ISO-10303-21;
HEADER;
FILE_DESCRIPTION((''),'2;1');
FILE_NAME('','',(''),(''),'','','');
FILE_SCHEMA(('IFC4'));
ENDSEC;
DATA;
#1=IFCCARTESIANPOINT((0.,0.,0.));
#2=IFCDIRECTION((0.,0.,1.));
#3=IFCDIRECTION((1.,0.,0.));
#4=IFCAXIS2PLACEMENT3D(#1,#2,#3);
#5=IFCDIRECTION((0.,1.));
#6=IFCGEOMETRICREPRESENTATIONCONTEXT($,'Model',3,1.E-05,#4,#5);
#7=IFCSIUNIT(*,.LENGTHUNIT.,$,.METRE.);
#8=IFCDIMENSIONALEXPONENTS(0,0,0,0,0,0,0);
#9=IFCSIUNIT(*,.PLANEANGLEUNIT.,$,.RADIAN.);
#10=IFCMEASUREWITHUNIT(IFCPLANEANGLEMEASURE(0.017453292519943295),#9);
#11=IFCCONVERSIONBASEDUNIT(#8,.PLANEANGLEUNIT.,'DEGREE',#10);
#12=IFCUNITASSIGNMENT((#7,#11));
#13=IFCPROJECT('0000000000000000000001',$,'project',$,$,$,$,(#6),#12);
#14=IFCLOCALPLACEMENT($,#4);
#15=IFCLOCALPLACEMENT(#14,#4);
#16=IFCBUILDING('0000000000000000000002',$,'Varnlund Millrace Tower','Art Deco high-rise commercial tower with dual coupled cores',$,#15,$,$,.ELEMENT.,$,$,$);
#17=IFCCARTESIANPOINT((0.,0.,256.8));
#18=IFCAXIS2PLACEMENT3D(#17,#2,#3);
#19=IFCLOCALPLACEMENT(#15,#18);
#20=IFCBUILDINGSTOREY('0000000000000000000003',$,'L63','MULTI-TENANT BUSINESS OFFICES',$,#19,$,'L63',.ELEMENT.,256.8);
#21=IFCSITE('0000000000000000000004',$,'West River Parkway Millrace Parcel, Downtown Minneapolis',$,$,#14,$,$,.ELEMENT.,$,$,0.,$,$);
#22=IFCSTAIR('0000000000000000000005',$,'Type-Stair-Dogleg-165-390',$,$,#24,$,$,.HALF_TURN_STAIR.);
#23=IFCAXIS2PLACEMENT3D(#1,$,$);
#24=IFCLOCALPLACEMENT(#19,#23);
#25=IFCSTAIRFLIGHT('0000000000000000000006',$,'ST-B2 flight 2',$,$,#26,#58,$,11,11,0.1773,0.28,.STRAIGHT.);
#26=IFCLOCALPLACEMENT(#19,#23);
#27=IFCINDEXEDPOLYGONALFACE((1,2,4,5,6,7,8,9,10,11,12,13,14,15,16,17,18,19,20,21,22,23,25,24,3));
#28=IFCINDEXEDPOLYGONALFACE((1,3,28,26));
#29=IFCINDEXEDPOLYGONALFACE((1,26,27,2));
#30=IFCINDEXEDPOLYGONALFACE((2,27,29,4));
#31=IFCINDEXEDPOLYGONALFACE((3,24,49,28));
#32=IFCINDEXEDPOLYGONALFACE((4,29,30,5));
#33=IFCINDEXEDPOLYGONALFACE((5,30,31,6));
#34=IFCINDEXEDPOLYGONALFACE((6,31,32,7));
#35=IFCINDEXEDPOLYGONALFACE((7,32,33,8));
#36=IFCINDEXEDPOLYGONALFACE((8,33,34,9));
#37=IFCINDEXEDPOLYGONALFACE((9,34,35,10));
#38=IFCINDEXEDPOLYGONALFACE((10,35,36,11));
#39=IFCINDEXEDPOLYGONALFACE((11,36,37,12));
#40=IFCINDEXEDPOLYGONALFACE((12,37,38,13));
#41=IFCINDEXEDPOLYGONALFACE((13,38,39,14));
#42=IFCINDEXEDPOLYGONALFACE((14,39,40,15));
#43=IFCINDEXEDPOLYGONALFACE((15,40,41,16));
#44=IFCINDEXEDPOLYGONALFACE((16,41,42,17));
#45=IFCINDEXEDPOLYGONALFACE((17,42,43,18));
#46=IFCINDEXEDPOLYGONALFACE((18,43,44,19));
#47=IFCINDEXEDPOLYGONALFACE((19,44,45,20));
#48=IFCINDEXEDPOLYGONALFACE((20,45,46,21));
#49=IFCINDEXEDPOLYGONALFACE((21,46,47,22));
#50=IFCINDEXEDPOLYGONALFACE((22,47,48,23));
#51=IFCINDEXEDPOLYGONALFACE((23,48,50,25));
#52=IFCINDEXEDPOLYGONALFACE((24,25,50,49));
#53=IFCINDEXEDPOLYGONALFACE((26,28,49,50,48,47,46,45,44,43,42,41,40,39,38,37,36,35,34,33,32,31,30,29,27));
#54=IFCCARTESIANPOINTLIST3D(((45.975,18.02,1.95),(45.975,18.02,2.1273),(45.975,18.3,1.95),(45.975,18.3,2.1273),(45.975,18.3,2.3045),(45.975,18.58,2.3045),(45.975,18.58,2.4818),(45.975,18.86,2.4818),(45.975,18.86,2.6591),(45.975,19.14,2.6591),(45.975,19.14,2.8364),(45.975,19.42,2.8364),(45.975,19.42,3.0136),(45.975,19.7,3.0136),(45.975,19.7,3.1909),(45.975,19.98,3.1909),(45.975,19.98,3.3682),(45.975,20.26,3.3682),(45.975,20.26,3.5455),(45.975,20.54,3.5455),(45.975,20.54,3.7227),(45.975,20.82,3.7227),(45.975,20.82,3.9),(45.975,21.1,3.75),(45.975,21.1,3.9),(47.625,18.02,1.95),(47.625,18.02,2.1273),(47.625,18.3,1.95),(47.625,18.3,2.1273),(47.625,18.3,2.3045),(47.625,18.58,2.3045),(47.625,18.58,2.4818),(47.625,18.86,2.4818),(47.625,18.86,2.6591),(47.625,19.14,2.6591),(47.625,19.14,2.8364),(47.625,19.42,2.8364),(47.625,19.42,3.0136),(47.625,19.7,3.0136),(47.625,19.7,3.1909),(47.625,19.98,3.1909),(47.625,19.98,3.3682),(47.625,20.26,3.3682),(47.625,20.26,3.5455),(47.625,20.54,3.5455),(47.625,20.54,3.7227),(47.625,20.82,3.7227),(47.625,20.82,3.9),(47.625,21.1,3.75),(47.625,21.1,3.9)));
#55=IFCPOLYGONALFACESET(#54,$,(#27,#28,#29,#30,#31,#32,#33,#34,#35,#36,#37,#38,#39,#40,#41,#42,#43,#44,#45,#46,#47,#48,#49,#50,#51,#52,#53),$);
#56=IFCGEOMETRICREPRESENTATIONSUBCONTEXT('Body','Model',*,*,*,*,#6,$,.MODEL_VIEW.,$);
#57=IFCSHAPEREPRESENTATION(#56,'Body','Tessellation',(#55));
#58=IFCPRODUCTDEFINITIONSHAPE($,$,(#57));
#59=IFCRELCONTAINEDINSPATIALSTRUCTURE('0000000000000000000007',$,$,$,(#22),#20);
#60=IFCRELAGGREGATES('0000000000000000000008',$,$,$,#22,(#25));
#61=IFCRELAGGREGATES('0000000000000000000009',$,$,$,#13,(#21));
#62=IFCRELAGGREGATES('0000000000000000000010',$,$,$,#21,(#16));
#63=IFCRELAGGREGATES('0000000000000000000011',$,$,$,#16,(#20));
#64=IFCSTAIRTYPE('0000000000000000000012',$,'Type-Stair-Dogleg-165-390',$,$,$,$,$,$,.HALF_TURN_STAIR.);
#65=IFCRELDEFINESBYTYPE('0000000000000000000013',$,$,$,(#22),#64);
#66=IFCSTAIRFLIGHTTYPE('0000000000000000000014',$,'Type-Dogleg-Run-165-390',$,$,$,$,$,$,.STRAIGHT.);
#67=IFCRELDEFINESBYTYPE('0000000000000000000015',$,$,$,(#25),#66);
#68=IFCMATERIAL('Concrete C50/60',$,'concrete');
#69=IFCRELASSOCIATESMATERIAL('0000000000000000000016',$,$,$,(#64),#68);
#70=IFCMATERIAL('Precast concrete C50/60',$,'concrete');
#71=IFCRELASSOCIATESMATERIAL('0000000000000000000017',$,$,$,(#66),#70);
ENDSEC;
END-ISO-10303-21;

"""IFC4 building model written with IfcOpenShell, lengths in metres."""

from ifc_helpers import new_model, entity, si_unit, converted_unit, direction, frame, origin_with_axes, place, context, subcontext, project, spatial, polyline, outline, extrude, material, type_object, element, aggregate, save


model = new_model("IFC4")

# Units and contexts
model_context = context("Model", 3, precision=1e-05, world=origin_with_axes(), true_north=direction((0.0, 1.0)))
body_context = subcontext(model_context, "Body", "Model", "MODEL_VIEW")
ifc_project = project(units=[si_unit("LENGTHUNIT", "METRE"), converted_unit("PLANEANGLEUNIT", "DEGREE", entity("IfcPlaneAngleMeasure", 0.017453292519943295), si_unit("PLANEANGLEUNIT", "RADIAN"), dimensions=[0, 0, 0, 0, 0, 0, 0])], contexts=[model_context])

# Site, building, storey
site_placement = place(None, origin_with_axes())
site = spatial("IfcSite", under=ifc_project, at=site_placement, Name="West River Parkway Millrace Parcel, Downtown Minneapolis", CompositionType="ELEMENT", RefElevation=0.0)
building_placement = place(site_placement, origin_with_axes())
building = spatial("IfcBuilding", under=site, at=building_placement, Name="Varnlund Millrace Tower", Description="Art Deco high-rise commercial tower with dual coupled cores", CompositionType="ELEMENT")
storey_placement = place(building_placement, frame((0.0, 0.0, 256.8), z_axis=(0.0, 0.0, 1.0), x_axis=(1.0, 0.0, 0.0)))
storey = spatial("IfcBuildingStorey", under=building, at=storey_placement, Name="L63", Description="MULTI-TENANT BUSINESS OFFICES", LongName="L63", CompositionType="ELEMENT", Elevation=256.8)

# Shared definitions
ifc_material_1 = material(Name="Precast concrete C50/60", Category="concrete")

# Stair, stair flight
ifc_material_2 = material(Name="Concrete C50/60", Category="concrete")
stair_type = type_object("IfcStairType", Name="Type-Stair-Dogleg-165-390", PredefinedType="HALF_TURN_STAIR", material=ifc_material_2)
stair_placement = place(storey_placement, origin_with_axes())
stair = element("IfcStair", 1, at=stair_placement, inside=storey, type_object=stair_type, Name="Type-Stair-Dogleg-165-390", PredefinedType="HALF_TURN_STAIR")
stair_flight_type = type_object("IfcStairFlightType", Name="Type-Dogleg-Run-165-390", PredefinedType="STRAIGHT", material=ifc_material_1)
stair_flight_placement = place(storey_placement, frame((45.975, 18.02, 1.95), z_axis=(1.0, 0.0, 0.0), x_axis=(0.0, 1.0, 0.0)))
stair_flight = element("IfcStairFlight", 2, at=stair_flight_placement, type_object=stair_flight_type, Name="ST-B2 flight 2", NumberOfRisers=11, NumberOfTreads=11, PredefinedType="STRAIGHT", RiserHeight=0.1773, TreadLength=0.28, context=body_context, shape_type="SweptSolid", body=[
    extrude(outline(polyline([(0.0, 0.0), (0.0, 0.1773), (0.28, 0.1773), (0.28, 0.3545), (0.56, 0.3545), (0.56, 0.5318), (0.84, 0.5318), (0.84, 0.7091), (1.12, 0.7091), (1.12, 0.8864), (1.4, 0.8864), (1.4, 1.0636), (1.68, 1.0636), (1.68, 1.2409), (1.96, 1.2409), (1.96, 1.4182), (2.24, 1.4182), (2.24, 1.5955), (2.52, 1.5955), (2.52, 1.7727), (2.8, 1.7727), (2.8, 1.95), (3.08, 1.95), (3.08, 1.8), (0.28, 0.0), (0.0, 0.0)])), origin_with_axes(), (0.0, 0.0, 1.0), 1.65),
])
aggregate(stair, [stair_flight])

save(model, "model.ifc")
